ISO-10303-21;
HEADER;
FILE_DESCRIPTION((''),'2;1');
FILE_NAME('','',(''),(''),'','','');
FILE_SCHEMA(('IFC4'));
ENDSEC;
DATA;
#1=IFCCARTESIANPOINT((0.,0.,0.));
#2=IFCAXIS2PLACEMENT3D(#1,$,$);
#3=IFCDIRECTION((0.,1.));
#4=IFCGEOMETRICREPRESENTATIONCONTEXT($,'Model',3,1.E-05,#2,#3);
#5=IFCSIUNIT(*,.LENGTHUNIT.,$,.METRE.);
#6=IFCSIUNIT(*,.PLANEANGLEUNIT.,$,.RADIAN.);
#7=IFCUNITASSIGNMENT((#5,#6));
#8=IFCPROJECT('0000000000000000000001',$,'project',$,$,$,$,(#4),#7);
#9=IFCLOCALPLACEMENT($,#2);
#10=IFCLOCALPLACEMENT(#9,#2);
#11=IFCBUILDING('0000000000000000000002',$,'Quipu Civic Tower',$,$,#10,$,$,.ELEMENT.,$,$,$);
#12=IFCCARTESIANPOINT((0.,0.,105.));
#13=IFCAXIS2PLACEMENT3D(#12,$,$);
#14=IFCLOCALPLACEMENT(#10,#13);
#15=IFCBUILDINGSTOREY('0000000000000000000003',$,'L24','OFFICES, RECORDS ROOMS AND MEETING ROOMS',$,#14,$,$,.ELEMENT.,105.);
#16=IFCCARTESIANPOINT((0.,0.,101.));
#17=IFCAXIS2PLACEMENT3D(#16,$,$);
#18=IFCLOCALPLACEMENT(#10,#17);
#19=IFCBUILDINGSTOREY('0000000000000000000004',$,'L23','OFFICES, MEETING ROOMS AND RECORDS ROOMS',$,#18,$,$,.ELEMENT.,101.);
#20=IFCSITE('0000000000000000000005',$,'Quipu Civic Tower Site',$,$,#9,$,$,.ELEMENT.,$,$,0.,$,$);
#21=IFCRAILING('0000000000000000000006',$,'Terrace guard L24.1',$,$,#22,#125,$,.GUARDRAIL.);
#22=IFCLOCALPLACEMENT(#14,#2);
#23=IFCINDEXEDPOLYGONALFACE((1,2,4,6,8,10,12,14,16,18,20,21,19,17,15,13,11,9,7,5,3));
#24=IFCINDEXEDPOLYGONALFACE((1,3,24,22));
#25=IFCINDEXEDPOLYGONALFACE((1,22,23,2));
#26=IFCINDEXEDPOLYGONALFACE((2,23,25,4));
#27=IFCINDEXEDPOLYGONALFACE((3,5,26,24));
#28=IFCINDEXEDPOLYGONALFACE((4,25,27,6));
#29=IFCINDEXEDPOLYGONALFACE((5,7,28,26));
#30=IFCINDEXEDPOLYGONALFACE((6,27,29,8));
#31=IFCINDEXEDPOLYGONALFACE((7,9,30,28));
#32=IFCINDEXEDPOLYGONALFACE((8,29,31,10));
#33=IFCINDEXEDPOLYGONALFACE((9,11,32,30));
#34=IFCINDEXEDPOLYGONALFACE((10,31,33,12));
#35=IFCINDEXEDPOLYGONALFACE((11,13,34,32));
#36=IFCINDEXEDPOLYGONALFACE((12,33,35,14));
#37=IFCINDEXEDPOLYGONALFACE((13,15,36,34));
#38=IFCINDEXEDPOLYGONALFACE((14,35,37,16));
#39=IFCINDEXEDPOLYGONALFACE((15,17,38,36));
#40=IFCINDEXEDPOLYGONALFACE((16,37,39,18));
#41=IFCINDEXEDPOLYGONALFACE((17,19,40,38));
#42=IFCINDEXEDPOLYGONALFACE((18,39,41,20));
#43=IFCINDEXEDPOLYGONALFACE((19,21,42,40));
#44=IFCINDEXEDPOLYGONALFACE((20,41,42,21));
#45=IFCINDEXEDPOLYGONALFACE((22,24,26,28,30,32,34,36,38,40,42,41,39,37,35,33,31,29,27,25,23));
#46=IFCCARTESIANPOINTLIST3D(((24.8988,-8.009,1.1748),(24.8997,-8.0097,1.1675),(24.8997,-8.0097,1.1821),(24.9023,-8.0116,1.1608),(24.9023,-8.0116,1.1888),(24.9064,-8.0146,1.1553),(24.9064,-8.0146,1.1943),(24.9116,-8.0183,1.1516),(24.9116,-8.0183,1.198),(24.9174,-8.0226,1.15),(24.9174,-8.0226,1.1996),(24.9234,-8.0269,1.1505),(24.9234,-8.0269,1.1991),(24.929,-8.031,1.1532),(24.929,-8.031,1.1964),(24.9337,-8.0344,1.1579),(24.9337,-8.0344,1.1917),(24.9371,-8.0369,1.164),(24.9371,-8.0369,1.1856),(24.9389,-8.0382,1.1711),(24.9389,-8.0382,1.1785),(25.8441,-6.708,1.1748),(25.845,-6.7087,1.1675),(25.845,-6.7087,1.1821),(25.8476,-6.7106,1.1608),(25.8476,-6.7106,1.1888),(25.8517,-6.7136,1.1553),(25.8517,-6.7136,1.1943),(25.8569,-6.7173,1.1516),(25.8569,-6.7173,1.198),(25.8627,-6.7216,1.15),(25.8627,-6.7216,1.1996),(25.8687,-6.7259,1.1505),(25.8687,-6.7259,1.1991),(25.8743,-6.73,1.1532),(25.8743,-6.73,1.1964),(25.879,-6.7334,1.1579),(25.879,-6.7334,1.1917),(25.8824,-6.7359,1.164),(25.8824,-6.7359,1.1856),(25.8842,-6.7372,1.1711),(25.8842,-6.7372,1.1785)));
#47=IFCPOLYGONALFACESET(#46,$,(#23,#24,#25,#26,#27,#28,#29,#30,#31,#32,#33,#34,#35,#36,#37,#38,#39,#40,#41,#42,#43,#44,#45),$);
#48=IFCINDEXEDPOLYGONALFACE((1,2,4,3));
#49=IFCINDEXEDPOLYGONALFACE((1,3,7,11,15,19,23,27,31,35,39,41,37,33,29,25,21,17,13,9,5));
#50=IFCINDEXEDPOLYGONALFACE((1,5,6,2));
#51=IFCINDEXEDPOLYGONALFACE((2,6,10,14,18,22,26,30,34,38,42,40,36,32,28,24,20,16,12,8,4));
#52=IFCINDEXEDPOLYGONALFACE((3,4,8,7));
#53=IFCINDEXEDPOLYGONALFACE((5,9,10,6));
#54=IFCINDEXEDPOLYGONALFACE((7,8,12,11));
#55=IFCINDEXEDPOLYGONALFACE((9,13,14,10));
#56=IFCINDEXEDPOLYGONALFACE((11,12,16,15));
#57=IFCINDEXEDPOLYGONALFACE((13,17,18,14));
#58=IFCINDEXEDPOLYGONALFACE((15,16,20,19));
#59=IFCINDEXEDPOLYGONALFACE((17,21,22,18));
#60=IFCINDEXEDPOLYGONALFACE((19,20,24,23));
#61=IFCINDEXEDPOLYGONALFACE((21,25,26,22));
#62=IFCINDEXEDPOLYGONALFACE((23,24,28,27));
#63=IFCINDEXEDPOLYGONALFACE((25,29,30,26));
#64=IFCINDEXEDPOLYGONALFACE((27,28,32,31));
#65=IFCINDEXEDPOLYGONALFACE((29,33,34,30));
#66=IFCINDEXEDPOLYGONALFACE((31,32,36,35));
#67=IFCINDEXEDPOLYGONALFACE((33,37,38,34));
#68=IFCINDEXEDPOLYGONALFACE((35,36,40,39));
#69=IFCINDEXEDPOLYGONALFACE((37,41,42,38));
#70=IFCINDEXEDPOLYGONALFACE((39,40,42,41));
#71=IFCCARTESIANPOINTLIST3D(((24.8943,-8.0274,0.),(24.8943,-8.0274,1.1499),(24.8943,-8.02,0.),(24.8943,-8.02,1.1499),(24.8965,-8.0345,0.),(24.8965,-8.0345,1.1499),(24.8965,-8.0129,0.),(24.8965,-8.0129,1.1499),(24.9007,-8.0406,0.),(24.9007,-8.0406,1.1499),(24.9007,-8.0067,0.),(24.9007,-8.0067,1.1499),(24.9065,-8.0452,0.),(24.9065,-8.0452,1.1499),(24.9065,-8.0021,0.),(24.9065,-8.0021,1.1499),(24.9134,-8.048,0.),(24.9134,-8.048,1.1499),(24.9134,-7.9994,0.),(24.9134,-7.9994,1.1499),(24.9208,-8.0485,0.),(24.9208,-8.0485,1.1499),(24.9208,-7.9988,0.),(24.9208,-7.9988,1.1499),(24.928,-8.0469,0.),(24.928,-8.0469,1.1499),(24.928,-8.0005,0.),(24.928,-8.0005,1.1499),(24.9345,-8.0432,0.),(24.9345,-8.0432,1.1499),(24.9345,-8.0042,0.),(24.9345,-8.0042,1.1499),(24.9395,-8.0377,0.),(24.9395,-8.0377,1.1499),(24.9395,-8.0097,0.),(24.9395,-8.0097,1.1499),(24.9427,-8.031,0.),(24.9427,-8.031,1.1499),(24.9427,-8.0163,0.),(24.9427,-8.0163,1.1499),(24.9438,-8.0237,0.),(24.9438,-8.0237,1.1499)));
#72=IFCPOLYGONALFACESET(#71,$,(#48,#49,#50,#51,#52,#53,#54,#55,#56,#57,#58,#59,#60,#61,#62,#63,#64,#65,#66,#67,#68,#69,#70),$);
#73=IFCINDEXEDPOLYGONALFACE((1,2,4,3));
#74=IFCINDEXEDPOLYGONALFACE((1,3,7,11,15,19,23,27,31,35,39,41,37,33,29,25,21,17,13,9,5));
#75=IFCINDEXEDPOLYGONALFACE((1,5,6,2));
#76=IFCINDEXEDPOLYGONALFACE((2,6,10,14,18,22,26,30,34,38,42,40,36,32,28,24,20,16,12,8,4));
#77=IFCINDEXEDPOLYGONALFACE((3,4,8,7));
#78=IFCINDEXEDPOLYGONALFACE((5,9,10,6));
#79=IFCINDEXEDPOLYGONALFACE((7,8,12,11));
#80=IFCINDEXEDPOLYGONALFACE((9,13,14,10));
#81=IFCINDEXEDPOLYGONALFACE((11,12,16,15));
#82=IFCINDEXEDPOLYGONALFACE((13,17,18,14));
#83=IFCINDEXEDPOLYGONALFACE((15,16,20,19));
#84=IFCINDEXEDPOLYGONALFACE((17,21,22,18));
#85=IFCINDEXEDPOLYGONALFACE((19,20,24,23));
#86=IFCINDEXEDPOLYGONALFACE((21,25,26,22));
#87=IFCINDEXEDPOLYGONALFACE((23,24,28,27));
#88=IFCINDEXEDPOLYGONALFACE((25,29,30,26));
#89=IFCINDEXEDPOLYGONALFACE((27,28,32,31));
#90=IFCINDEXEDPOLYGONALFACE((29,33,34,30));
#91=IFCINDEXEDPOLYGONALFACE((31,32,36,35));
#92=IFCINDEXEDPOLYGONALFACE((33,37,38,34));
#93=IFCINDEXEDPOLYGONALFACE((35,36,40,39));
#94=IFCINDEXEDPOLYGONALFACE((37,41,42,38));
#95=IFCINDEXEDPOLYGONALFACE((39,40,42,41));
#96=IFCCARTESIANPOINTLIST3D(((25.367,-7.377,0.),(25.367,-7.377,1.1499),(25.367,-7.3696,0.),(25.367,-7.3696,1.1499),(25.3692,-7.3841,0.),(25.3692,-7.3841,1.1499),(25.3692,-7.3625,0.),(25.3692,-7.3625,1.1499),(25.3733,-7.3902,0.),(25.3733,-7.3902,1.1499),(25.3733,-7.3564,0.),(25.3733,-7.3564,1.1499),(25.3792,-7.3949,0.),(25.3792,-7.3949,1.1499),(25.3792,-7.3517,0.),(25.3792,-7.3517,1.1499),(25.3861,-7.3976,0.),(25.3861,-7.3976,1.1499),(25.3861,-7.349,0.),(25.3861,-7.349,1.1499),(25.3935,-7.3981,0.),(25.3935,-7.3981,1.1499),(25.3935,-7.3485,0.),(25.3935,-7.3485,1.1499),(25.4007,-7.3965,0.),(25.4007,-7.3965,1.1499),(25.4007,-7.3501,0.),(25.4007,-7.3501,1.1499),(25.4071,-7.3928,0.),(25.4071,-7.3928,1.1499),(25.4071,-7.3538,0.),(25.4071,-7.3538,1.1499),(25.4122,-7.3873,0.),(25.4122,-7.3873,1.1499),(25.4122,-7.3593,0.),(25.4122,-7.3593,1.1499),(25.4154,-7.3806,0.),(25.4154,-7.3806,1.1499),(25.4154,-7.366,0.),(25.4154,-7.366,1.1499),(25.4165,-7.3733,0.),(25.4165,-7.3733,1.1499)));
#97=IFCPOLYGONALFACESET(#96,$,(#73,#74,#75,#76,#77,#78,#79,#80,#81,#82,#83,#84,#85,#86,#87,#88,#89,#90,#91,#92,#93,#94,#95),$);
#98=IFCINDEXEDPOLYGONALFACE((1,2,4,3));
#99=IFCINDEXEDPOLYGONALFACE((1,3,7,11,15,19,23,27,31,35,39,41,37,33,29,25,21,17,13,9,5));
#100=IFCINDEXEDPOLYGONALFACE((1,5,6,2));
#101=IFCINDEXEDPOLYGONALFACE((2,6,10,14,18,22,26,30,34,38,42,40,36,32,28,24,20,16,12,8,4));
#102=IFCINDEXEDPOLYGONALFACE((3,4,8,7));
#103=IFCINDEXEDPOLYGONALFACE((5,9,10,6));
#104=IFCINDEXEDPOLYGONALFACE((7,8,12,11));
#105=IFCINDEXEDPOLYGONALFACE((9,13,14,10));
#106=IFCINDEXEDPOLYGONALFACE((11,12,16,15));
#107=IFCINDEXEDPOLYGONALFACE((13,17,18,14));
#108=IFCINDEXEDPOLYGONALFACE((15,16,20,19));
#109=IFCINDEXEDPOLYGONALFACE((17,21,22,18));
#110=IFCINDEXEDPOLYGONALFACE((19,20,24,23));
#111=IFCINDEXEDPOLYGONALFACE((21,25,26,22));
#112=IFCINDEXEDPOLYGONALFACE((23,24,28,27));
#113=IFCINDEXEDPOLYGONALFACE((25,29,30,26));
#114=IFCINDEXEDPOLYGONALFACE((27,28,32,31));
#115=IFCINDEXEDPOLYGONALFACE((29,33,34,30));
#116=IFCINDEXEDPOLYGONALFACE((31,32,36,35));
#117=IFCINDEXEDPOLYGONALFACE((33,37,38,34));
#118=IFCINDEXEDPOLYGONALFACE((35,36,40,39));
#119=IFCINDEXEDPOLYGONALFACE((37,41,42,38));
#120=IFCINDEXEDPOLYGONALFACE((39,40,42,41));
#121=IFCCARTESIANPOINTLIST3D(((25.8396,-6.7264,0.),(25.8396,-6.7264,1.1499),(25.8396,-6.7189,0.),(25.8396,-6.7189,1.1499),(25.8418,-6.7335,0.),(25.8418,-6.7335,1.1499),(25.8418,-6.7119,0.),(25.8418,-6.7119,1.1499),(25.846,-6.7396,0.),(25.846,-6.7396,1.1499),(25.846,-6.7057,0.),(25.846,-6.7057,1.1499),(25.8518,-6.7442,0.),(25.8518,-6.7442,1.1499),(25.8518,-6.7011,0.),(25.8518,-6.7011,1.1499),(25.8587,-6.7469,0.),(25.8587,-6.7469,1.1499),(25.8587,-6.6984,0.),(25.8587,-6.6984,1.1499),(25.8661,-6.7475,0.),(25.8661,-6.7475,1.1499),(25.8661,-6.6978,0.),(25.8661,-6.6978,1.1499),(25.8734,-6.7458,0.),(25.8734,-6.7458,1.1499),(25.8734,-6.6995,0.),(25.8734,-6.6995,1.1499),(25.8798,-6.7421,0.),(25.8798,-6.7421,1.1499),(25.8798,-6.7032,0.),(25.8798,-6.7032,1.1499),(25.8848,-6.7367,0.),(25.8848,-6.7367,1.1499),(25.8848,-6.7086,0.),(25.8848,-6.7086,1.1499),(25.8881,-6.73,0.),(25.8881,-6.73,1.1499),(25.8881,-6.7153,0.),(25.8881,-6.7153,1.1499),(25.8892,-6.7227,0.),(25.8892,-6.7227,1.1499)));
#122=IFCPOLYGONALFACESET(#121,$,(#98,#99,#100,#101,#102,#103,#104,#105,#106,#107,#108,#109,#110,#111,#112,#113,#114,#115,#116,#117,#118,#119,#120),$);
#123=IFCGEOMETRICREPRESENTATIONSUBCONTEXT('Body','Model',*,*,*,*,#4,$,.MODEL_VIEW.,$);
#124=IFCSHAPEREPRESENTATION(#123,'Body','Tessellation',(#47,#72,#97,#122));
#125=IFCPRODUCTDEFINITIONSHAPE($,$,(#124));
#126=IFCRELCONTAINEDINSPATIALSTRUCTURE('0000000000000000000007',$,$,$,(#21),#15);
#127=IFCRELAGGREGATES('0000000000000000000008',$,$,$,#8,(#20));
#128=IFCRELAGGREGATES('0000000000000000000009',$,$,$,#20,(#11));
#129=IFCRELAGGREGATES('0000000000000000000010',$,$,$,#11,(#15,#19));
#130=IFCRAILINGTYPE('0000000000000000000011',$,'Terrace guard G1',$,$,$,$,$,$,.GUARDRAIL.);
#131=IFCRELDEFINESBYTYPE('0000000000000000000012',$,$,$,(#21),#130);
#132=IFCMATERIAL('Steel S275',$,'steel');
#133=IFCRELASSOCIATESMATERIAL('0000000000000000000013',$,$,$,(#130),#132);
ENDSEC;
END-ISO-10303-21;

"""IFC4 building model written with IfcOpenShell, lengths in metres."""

from ifc_helpers import new_model, si_unit, direction, frame, origin, origin_2d, place, context, subcontext, project, spatial, circle, extrude, material, type_object, element, save


model = new_model("IFC4")

# Units and contexts
model_context = context("Model", 3, precision=1e-05, world=origin(), true_north=direction((0.0, 1.0)))
body_context = subcontext(model_context, "Body", "Model", "MODEL_VIEW")
ifc_project = project(units=[si_unit("LENGTHUNIT", "METRE"), si_unit("PLANEANGLEUNIT", "RADIAN")], contexts=[model_context])

# Site, building, storey
site_placement = place(None, origin())
site = spatial("IfcSite", under=ifc_project, at=site_placement, Name="Quipu Civic Tower Site", CompositionType="ELEMENT", RefElevation=0.0)
building_placement = place(site_placement, origin())
building = spatial("IfcBuilding", under=site, at=building_placement, Name="Quipu Civic Tower", CompositionType="ELEMENT")
storey_1_placement = place(building_placement, frame((0.0, 0.0, 105.0)))
storey_1 = spatial("IfcBuildingStorey", under=building, at=storey_1_placement, Name="L24", Description="OFFICES, RECORDS ROOMS AND MEETING ROOMS", CompositionType="ELEMENT", Elevation=105.0)

# Shared definitions
storey_2_placement = place(building_placement, frame((0.0, 0.0, 101.0)))
storey_2 = spatial("IfcBuildingStorey", under=building, at=storey_2_placement, Name="L23", Description="OFFICES, MEETING ROOMS AND RECORDS ROOMS", CompositionType="ELEMENT", Elevation=101.0)

# Railing
ifc_material_1 = material(Name="Steel S275", Category="steel")
railing_type = type_object("IfcRailingType", Name="Terrace guard G1", PredefinedType="GUARDRAIL", material=ifc_material_1)
railing_1_placement = place(storey_1_placement, frame((24.9189, -8.0237, 0.0)))
element("IfcRailing", 1, at=railing_1_placement, inside=storey_1, type_object=railing_type, Name="Terrace guard L24.1", PredefinedType="GUARDRAIL", context=body_context, shape_type="SweptSolid", body=[
    extrude(circle(Radius=0.0249, at=origin_2d()), frame((0.0, 0.0, 1.1748), z_axis=(0.587811, 0.808999, 0.0), x_axis=(-0.808999, 0.587811, 0.0)), (0.0, 0.0, 1.0), 1.6082),
    extrude(circle(Radius=0.0249, at=origin_2d()), origin(), (0.0, 0.0, 1.0), 1.1499),
    extrude(circle(Radius=0.0249, at=origin_2d()), frame((0.4727, 0.6504, 0.0)), (0.0, 0.0, 1.0), 1.1499),
    extrude(circle(Radius=0.0249, at=origin_2d()), frame((0.9453, 1.301, 0.0)), (0.0, 0.0, 1.0), 1.1499),
])

save(model, "model.ifc")
